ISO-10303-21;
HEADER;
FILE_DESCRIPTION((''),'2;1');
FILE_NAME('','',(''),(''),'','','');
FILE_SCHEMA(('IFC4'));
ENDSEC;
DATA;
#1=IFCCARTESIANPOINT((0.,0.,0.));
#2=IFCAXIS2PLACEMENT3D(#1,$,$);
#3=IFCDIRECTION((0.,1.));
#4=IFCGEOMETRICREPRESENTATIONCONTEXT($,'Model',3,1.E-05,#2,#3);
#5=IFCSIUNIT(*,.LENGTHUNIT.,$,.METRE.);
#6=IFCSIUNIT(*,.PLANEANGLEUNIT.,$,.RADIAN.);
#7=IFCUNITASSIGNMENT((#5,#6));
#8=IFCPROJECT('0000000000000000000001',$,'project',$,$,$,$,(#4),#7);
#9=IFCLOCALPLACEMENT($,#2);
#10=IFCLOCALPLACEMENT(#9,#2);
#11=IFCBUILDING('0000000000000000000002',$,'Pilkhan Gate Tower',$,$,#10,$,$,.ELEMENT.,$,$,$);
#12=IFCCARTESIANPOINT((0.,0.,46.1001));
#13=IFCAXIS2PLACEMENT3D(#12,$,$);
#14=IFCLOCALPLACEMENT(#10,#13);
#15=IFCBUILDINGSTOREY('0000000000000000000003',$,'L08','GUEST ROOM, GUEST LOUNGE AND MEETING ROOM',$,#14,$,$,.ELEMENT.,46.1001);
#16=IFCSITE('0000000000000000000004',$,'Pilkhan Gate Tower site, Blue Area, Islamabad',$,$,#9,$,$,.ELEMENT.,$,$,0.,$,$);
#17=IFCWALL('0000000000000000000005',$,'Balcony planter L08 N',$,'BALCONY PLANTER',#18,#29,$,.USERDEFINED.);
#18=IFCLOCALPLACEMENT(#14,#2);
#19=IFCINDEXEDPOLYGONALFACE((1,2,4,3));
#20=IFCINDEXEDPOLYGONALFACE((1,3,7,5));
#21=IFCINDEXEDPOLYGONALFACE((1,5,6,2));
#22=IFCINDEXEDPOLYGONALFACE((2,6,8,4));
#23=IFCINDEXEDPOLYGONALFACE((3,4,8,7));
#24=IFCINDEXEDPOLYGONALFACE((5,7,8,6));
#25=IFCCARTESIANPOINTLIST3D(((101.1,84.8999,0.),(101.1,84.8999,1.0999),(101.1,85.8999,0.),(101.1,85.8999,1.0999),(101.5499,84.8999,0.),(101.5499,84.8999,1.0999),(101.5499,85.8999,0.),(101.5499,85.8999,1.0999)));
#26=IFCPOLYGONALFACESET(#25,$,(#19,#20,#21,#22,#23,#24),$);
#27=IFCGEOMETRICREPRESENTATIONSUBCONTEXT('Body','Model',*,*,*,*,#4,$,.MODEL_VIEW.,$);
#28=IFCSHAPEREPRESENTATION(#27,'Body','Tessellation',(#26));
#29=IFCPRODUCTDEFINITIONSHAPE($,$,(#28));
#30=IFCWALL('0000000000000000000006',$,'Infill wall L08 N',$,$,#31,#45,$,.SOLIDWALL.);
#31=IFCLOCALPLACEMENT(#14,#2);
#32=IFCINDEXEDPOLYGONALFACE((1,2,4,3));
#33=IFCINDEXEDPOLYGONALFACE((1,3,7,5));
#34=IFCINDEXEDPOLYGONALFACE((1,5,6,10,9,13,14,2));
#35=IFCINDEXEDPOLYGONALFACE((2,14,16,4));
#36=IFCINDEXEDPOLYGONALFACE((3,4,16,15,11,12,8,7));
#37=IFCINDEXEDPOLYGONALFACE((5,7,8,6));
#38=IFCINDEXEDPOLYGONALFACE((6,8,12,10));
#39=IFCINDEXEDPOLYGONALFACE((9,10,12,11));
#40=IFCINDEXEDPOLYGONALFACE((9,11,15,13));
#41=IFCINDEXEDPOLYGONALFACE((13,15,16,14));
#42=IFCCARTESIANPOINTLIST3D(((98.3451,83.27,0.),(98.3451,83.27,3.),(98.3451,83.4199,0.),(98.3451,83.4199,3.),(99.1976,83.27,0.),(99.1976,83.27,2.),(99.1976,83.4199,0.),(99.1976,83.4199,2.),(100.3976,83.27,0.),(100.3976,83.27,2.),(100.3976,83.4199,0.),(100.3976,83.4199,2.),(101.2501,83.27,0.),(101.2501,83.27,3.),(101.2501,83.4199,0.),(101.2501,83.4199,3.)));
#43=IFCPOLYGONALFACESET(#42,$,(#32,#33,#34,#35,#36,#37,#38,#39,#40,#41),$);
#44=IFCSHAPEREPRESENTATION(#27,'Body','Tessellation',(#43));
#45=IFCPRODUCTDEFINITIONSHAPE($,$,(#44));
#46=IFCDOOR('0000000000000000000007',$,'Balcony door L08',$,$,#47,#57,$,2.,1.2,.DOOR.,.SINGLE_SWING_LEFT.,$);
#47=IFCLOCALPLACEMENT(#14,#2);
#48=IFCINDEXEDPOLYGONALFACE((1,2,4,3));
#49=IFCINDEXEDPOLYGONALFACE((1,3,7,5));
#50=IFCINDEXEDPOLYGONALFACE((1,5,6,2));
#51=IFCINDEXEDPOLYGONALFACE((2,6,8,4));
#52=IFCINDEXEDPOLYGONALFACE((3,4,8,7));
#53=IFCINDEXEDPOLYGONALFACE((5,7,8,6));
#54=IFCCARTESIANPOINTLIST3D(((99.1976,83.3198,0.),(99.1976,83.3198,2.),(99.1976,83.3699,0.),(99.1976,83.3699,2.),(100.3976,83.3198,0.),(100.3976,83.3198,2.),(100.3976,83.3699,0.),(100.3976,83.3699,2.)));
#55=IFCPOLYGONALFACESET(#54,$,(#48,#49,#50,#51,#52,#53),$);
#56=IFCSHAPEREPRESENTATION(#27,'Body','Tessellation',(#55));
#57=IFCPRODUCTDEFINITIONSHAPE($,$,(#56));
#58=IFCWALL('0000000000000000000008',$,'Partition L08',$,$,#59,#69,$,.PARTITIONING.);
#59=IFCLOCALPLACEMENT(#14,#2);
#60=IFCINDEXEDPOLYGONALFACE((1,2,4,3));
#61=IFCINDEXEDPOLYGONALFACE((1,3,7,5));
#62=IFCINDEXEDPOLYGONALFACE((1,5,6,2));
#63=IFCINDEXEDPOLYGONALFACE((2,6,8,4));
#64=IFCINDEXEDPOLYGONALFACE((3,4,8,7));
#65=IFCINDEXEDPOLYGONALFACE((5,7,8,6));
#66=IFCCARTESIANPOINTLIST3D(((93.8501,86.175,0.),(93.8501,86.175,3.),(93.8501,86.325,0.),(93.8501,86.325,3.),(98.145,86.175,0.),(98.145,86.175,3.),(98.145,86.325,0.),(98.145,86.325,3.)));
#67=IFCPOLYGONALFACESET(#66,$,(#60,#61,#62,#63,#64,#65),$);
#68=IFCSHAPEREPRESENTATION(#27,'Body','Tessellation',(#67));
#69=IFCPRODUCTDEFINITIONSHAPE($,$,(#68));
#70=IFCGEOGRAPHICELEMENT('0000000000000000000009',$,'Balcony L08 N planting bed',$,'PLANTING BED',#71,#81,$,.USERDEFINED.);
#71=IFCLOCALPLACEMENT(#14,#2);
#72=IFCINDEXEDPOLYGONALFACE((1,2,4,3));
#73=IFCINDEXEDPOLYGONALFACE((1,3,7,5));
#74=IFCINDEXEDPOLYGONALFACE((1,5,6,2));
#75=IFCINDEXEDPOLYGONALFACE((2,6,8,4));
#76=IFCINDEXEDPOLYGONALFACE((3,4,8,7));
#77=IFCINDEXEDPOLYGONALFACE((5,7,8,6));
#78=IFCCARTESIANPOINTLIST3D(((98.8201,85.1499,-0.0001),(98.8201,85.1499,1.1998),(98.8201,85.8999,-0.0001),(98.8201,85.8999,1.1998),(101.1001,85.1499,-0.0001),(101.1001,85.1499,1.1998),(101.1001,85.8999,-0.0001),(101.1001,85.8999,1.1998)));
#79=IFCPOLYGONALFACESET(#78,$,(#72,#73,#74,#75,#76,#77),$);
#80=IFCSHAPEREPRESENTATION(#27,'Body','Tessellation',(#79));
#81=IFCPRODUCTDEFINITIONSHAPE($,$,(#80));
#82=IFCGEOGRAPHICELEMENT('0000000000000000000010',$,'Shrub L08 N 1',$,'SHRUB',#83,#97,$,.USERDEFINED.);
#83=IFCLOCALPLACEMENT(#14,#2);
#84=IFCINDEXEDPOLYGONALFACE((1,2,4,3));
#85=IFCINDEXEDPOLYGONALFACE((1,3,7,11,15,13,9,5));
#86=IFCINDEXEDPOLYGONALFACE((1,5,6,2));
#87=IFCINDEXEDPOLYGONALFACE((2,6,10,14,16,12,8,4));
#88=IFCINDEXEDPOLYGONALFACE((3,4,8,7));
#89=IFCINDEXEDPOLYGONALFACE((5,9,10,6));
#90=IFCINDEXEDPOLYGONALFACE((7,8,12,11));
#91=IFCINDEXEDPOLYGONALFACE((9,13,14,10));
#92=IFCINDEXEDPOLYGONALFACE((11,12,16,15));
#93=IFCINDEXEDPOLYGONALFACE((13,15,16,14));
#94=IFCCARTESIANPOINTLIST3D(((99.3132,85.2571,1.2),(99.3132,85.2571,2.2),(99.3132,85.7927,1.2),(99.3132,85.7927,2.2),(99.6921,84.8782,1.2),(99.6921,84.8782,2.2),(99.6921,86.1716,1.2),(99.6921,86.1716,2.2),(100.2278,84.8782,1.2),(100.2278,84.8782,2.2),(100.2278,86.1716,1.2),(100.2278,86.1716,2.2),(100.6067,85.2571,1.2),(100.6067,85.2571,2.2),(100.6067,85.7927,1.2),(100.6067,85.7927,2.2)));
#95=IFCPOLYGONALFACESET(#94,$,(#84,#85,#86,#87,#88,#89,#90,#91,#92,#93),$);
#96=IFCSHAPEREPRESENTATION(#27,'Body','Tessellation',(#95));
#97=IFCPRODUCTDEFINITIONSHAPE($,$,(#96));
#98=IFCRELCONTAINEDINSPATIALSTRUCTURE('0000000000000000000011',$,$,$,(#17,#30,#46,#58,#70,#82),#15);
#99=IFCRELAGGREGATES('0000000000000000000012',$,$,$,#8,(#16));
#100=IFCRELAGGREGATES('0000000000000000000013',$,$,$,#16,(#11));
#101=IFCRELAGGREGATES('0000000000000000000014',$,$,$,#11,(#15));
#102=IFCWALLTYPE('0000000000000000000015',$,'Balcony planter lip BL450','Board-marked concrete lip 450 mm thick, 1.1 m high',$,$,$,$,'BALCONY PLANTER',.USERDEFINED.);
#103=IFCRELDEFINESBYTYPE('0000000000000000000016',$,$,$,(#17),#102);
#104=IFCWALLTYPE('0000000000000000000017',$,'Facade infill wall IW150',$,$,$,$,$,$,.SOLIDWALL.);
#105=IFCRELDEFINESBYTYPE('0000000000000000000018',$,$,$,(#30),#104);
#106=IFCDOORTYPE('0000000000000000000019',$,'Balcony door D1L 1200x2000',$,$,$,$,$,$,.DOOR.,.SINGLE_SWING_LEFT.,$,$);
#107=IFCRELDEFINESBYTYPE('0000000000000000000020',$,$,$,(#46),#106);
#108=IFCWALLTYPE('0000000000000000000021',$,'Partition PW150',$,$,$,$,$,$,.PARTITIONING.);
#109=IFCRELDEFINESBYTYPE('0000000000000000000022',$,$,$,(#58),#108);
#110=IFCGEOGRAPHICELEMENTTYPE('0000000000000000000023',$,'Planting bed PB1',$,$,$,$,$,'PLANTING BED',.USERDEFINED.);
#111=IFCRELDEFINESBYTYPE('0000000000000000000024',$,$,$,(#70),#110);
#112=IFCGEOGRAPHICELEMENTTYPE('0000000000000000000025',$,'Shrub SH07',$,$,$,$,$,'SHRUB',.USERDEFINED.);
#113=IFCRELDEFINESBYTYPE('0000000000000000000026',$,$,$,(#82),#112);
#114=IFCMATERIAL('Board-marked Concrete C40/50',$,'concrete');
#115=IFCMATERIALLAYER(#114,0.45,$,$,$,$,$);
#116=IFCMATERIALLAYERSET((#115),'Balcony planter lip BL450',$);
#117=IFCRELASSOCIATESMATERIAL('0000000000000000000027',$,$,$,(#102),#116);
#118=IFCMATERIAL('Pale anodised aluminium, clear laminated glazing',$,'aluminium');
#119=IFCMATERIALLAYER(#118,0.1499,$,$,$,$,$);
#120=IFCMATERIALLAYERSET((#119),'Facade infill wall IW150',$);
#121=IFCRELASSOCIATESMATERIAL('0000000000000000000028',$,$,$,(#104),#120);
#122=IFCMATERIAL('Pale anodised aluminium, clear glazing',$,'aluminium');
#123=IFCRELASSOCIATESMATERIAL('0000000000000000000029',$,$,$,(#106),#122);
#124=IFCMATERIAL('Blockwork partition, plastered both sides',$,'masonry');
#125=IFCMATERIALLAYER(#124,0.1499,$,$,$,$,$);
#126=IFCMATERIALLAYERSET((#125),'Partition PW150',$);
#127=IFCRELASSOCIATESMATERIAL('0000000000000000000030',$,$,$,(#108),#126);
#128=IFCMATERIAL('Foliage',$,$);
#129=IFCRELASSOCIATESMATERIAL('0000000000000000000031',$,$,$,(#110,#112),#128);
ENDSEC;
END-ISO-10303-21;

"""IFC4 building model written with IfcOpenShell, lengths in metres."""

from ifc_helpers import new_model, si_unit, direction, frame, frame_2d, origin, origin_2d, place, context, subcontext, project, spatial, polyline, rectangle, outline, extrude, material, layer, layer_set, material_profile, profile_set, type_object, element, fill, save


model = new_model("IFC4")

# Units and contexts
model_context = context("Model", 3, precision=1e-05, world=origin(), true_north=direction((0.0, 1.0)))
body_context = subcontext(model_context, "Body", "Model", "MODEL_VIEW")
ifc_project = project(units=[si_unit("LENGTHUNIT", "METRE"), si_unit("PLANEANGLEUNIT", "RADIAN")], contexts=[model_context])

# Site, building, storey
site_placement = place(None, origin())
site = spatial("IfcSite", under=ifc_project, at=site_placement, Name="Pilkhan Gate Tower site, Blue Area, Islamabad", CompositionType="ELEMENT", RefElevation=0.0)
building_placement = place(site_placement, origin())
building = spatial("IfcBuilding", under=site, at=building_placement, Name="Pilkhan Gate Tower", CompositionType="ELEMENT")
storey_placement = place(building_placement, frame((0.0, 0.0, 46.1001)))
storey = spatial("IfcBuildingStorey", under=building, at=storey_placement, Name="L08", Description="GUEST ROOM, GUEST LOUNGE AND MEETING ROOM", CompositionType="ELEMENT", Elevation=46.1001)

# Wall
ifc_material_1 = material(Name="Board-marked Concrete C40/50", Category="concrete")
ifc_layer_1 = layer(ifc_material_1, 0.45)
ifc_layer_set_1 = layer_set([ifc_layer_1], Name="Balcony planter lip BL450")
wall_type_1 = type_object("IfcWallType", Name="Balcony planter lip BL450", Description="Board-marked concrete lip 450 mm thick, 1.1 m high", ElementType="BALCONY PLANTER", PredefinedType="USERDEFINED", material=ifc_layer_set_1)
for number, where, z_axis, x_axis, name in (
    (1, (101.325, 84.8999, 0.0), (0.0, 0.0, 1.0), (0.0, 1.0, 0.0), "Balcony planter L08 N"),
):
    element("IfcWall", number, at=place(storey_placement, frame(where, z_axis=z_axis, x_axis=x_axis)), inside=storey, type_object=wall_type_1, Name=name, ObjectType="BALCONY PLANTER", PredefinedType="USERDEFINED", context=body_context, shape_type="SweptSolid", body=[
        extrude(rectangle(XDim=1.0, YDim=0.45, at=frame_2d((0.5, 0.0))), origin(), (0.0, 0.0, 1.0), 1.0999),
    ])

# Wall, opening, door
ifc_material_2 = material(Name="Pale anodised aluminium, clear laminated glazing", Category="aluminium")
ifc_layer_2 = layer(ifc_material_2, 0.1499)
ifc_layer_set_2 = layer_set([ifc_layer_2], Name="Facade infill wall IW150")
wall_type_2 = type_object("IfcWallType", Name="Facade infill wall IW150", PredefinedType="SOLIDWALL", material=ifc_layer_set_2)
wall_1_placement = place(storey_placement, frame((98.345, 83.345, 0.0), z_axis=(0.0, 0.0, 1.0), x_axis=(1.0, 0.0, 0.0)))
wall_1 = element("IfcWall", 2, at=wall_1_placement, inside=storey, type_object=wall_type_2, Name="Infill wall L08 N", PredefinedType="SOLIDWALL", context=body_context, shape_type="SweptSolid", body=[
    extrude(rectangle(XDim=2.905, YDim=0.1499, at=frame_2d((1.4526, 0.0))), origin(), (0.0, 0.0, 1.0), 3.0),
])
opening_placement = place(wall_1_placement, frame((0.8525, 0.0, 0.0)))
opening = element("IfcOpeningElement", 3, at=opening_placement, cuts=wall_1, PredefinedType="OPENING", context=body_context, shape_type="SweptSolid", body=[
    extrude(rectangle(XDim=1.2, YDim=2.0, at=frame_2d((0.6001, 1.0))), frame((0.0, 0.085, 0.0), z_axis=(0.0, -1.0, 0.0), x_axis=(1.0, 0.0, 0.0)), (0.0, 0.0, 1.0), 0.1699),
])
ifc_material_3 = material(Name="Pale anodised aluminium, clear glazing", Category="aluminium")
door_type = type_object("IfcDoorType", Name="Balcony door D1L 1200x2000", OperationType="SINGLE_SWING_LEFT", PredefinedType="DOOR", material=ifc_material_3)
door_placement = place(opening_placement, origin())
door = element("IfcDoor", 4, at=door_placement, inside=storey, type_object=door_type, Name="Balcony door L08", OperationType="SINGLE_SWING_LEFT", OverallHeight=2.0, OverallWidth=1.2, PredefinedType="DOOR", context=body_context, shape_type="SweptSolid", body=[
    extrude(rectangle(XDim=1.2, YDim=2.0, at=frame_2d((0.6001, 1.0))), frame((0.0, 0.0249, 0.0), z_axis=(0.0, -1.0, 0.0), x_axis=(1.0, 0.0, 0.0)), (0.0, 0.0, 1.0), 0.05),
])
fill(opening, door)

# Wall
ifc_material_4 = material(Name="Blockwork partition, plastered both sides", Category="masonry")
ifc_layer_3 = layer(ifc_material_4, 0.1499)
ifc_layer_set_3 = layer_set([ifc_layer_3], Name="Partition PW150")
wall_type_3 = type_object("IfcWallType", Name="Partition PW150", PredefinedType="PARTITIONING", material=ifc_layer_set_3)
wall_2_placement = place(storey_placement, frame((93.8501, 86.25, 0.0), z_axis=(0.0, 0.0, 1.0), x_axis=(1.0, 0.0, 0.0)))
element("IfcWall", 5, at=wall_2_placement, inside=storey, type_object=wall_type_3, Name="Partition L08", PredefinedType="PARTITIONING", context=body_context, shape_type="SweptSolid", body=[
    extrude(rectangle(XDim=4.2949, YDim=0.1499, at=frame_2d((2.1475, 0.0))), origin(), (0.0, 0.0, 1.0), 3.0),
])

# Geographic elements
ifc_material_5 = material(Name="Foliage")
ifc_material_profile_1 = material_profile(ifc_material_5, rectangle(XDim=0.75, YDim=1.2, at=origin_2d()), Name="Bed 750x1200")
ifc_profile_set_1 = profile_set([ifc_material_profile_1], Name="Foliage")
geographic_element_type_1 = type_object("IfcGeographicElementType", Name="Planting bed PB1", ElementType="PLANTING BED", PredefinedType="USERDEFINED", material=ifc_profile_set_1)
geographic_element_1_placement = place(storey_placement, frame((98.8201, 85.5249, 0.5999), z_axis=(1.0, 0.0, 0.0), x_axis=(0.0, 1.0, 0.0)))
element("IfcGeographicElement", 6, at=geographic_element_1_placement, inside=storey, type_object=geographic_element_type_1, Name="Balcony L08 N planting bed", ObjectType="PLANTING BED", PredefinedType="USERDEFINED", context=body_context, shape_type="SweptSolid", body=[
    extrude(rectangle(XDim=0.75, YDim=1.2, at=origin_2d()), origin(), (0.0, 0.0, 1.0), 2.28),
])
ifc_material_profile_2 = material_profile(ifc_material_5, outline(polyline([(0.6467, 0.2678), (0.2678, 0.6467), (-0.2678, 0.6467), (-0.6467, 0.2678), (-0.6467, -0.2678), (-0.2678, -0.6467), (0.2678, -0.6467), (0.6467, -0.2678), (0.6467, 0.2678)])), Name="Shrub D1.4")
ifc_profile_set_2 = profile_set([ifc_material_profile_2], Name="Foliage")
geographic_element_type_2 = type_object("IfcGeographicElementType", Name="Shrub SH07", ElementType="SHRUB", PredefinedType="USERDEFINED", material=ifc_profile_set_2)
geographic_element_2_placement = place(storey_placement, frame((99.96, 85.5249, 1.2), z_axis=(0.0, 0.0, 1.0), x_axis=(1.0, 0.0, 0.0)))
element("IfcGeographicElement", 7, at=geographic_element_2_placement, inside=storey, type_object=geographic_element_type_2, Name="Shrub L08 N 1", ObjectType="SHRUB", PredefinedType="USERDEFINED", context=body_context, shape_type="SweptSolid", body=[
    extrude(outline(polyline([(0.6467, 0.2678), (0.2678, 0.6467), (-0.2678, 0.6467), (-0.6467, 0.2678), (-0.6467, -0.2678), (-0.2678, -0.6467), (0.2678, -0.6467), (0.6467, -0.2678), (0.6467, 0.2678)])), origin(), (0.0, 0.0, 1.0), 1.0),
])

save(model, "model.ifc")
